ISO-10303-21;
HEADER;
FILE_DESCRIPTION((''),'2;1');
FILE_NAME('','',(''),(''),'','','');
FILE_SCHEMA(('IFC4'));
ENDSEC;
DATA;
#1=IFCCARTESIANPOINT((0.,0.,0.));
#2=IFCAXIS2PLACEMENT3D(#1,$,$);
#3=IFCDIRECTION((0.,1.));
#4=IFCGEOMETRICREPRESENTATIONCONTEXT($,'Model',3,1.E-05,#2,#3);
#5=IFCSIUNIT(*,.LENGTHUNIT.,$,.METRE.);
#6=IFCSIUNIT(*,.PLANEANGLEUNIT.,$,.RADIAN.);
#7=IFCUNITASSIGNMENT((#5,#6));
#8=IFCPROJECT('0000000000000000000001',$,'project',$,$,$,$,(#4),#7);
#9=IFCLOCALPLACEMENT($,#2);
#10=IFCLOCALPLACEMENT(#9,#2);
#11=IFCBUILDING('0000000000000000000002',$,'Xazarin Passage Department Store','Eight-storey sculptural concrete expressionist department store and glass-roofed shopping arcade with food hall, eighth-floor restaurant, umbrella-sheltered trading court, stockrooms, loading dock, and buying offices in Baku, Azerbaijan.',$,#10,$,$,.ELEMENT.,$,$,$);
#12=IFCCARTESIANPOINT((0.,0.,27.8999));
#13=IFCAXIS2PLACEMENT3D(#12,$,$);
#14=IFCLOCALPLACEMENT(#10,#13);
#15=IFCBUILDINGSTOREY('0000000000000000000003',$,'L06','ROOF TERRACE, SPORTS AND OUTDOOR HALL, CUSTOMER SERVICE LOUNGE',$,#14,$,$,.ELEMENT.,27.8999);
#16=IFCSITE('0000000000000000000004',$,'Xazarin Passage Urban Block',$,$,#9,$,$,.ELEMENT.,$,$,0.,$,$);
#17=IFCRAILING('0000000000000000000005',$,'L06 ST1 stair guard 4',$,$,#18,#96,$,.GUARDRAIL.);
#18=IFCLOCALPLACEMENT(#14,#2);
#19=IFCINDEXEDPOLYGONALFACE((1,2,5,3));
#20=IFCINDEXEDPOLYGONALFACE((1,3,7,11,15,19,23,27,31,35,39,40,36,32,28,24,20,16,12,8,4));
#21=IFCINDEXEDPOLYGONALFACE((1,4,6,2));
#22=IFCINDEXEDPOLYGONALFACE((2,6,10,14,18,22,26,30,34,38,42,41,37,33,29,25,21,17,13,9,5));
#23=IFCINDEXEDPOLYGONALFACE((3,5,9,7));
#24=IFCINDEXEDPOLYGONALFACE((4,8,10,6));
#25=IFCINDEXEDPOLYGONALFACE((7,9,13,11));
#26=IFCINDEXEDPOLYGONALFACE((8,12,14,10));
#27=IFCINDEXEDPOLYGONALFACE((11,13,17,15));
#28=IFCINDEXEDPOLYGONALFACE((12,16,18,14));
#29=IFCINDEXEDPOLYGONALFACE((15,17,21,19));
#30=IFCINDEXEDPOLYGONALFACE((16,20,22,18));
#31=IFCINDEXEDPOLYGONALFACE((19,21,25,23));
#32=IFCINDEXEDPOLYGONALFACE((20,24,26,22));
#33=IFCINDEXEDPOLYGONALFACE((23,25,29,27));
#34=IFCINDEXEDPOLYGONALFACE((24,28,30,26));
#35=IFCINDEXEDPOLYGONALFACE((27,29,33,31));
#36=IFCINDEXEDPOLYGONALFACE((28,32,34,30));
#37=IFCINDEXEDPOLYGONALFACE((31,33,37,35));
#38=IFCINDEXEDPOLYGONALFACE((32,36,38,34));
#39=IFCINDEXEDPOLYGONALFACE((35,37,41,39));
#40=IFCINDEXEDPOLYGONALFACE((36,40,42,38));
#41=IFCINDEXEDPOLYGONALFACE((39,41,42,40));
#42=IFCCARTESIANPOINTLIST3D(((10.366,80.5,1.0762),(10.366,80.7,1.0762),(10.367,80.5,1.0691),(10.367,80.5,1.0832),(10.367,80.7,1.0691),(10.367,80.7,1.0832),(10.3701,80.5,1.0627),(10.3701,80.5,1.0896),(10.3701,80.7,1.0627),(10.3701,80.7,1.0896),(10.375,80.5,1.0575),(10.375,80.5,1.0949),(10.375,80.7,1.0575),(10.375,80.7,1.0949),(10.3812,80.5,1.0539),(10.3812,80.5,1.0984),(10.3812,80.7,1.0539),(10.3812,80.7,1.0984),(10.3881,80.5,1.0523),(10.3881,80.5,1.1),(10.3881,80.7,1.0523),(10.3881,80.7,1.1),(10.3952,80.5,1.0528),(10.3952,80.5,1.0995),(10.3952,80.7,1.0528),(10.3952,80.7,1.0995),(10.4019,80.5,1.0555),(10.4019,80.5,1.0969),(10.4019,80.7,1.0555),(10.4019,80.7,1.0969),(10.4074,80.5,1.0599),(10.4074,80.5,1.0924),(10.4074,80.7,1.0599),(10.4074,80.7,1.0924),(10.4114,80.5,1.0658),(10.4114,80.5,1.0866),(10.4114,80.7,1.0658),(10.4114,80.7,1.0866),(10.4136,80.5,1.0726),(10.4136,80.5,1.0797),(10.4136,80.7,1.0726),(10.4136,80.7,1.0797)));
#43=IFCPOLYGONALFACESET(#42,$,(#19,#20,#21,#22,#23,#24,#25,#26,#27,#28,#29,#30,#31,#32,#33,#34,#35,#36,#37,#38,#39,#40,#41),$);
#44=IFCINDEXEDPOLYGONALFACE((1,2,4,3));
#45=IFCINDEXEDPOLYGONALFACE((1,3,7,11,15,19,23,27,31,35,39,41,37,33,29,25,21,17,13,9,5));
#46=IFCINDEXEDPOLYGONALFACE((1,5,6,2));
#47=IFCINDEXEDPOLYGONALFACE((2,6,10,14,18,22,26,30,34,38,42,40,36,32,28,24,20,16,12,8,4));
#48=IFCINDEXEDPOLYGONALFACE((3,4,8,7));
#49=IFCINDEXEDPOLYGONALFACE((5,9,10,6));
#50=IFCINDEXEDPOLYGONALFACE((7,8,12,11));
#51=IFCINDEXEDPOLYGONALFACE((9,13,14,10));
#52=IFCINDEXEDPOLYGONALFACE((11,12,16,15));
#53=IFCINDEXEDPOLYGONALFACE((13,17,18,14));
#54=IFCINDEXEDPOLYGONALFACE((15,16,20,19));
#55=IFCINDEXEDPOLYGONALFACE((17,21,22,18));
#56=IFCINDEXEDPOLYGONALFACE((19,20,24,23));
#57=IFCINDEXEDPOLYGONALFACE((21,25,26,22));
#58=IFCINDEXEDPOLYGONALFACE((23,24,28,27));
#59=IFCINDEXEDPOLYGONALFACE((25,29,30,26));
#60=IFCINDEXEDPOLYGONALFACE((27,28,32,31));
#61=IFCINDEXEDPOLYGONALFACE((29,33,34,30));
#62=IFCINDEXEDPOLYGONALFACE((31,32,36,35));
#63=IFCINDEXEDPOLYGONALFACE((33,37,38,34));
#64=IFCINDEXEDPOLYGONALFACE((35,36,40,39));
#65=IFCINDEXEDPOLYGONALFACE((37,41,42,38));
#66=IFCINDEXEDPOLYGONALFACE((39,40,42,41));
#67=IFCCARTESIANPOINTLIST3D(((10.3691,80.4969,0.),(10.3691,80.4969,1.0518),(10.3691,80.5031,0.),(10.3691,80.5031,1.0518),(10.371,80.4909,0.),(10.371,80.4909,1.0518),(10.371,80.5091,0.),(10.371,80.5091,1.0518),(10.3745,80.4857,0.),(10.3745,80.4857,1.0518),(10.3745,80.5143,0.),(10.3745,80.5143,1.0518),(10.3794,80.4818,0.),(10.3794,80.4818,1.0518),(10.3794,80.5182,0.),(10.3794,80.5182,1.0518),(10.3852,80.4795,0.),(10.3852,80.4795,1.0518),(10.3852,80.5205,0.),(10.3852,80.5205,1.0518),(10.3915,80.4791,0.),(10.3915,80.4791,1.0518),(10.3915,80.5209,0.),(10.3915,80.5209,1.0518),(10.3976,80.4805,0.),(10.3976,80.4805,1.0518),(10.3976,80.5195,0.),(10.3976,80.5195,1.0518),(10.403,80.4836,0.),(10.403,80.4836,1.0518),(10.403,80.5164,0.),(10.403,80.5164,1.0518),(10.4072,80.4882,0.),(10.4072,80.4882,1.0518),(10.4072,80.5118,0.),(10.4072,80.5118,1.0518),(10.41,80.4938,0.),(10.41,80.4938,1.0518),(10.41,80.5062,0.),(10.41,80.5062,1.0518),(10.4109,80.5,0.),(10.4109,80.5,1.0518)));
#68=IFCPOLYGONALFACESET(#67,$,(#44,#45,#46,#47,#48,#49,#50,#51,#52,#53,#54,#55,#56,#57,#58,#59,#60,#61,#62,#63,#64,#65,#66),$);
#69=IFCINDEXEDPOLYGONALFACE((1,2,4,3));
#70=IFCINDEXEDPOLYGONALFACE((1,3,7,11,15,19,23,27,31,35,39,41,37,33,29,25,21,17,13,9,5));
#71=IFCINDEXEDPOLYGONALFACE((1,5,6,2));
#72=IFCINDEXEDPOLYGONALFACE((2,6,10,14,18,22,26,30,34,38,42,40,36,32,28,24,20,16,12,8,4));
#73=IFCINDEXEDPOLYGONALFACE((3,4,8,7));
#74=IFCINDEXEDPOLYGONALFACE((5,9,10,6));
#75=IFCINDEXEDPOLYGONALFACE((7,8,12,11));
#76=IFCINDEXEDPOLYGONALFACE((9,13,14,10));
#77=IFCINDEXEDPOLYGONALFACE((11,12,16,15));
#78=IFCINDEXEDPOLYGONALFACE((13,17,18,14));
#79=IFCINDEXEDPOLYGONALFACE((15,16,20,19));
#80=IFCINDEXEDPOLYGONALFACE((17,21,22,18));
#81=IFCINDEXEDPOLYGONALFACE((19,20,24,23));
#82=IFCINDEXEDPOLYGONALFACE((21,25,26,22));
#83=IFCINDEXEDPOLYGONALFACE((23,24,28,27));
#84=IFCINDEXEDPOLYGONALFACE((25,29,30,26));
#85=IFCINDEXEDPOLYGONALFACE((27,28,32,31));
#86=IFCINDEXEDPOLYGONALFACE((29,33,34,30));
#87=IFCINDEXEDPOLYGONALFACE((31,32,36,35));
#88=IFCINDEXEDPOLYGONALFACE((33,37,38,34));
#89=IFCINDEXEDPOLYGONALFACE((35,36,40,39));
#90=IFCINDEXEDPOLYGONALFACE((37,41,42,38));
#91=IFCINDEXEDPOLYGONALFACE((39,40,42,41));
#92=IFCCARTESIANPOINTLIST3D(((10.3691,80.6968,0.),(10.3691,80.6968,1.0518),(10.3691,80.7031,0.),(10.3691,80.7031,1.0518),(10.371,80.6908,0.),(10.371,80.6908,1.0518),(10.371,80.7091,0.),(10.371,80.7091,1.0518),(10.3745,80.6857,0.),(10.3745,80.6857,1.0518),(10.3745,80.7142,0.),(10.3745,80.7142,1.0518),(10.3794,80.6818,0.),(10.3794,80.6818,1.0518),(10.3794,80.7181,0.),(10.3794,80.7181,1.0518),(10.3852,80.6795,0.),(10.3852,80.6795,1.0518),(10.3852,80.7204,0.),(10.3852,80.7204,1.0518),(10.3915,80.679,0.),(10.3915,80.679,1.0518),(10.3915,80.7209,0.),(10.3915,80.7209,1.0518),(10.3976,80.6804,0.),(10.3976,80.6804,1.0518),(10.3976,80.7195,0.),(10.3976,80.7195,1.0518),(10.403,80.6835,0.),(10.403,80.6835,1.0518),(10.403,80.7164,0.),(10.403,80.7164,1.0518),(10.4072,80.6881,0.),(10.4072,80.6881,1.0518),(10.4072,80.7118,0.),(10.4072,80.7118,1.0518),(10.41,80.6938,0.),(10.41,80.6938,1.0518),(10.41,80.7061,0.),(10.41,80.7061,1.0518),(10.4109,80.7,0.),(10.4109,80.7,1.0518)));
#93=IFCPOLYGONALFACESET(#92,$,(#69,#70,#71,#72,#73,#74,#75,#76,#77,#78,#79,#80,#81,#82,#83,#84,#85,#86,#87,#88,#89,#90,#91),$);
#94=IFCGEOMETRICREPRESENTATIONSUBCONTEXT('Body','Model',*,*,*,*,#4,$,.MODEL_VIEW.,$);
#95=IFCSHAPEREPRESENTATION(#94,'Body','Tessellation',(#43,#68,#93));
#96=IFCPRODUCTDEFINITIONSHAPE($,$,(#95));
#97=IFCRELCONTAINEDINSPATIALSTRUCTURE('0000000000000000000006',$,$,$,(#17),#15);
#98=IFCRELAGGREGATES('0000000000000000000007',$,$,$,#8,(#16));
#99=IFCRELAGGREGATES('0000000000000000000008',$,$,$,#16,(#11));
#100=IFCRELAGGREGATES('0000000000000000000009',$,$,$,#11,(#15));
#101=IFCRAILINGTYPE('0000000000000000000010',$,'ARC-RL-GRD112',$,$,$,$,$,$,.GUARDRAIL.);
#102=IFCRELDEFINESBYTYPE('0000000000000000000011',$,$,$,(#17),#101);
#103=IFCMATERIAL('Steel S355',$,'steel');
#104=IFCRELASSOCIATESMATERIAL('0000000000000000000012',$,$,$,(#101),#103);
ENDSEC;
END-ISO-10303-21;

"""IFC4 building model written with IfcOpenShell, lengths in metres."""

from ifc_helpers import new_model, si_unit, direction, frame, origin, origin_2d, place, context, subcontext, project, spatial, circle, extrude, material, type_object, element, save


model = new_model("IFC4")

# Units and contexts
model_context = context("Model", 3, precision=1e-05, world=origin(), true_north=direction((0.0, 1.0)))
body_context = subcontext(model_context, "Body", "Model", "MODEL_VIEW")
ifc_project = project(units=[si_unit("LENGTHUNIT", "METRE"), si_unit("PLANEANGLEUNIT", "RADIAN")], contexts=[model_context])

# Site, building, storey
site_placement = place(None, origin())
site = spatial("IfcSite", under=ifc_project, at=site_placement, Name="Xazarin Passage Urban Block", CompositionType="ELEMENT", RefElevation=0.0)
building_placement = place(site_placement, origin())
building = spatial("IfcBuilding", under=site, at=building_placement, Name="Xazarin Passage Department Store", Description="Eight-storey sculptural concrete expressionist department store and glass-roofed shopping arcade with food hall, eighth-floor restaurant, umbrella-sheltered trading court, stockrooms, loading dock, and buying offices in Baku, Azerbaijan.", CompositionType="ELEMENT")
storey_placement = place(building_placement, frame((0.0, 0.0, 27.8999)))
storey = spatial("IfcBuildingStorey", under=building, at=storey_placement, Name="L06", Description="ROOF TERRACE, SPORTS AND OUTDOOR HALL, CUSTOMER SERVICE LOUNGE", CompositionType="ELEMENT", Elevation=27.8999)

# Shared definitions
ifc_material_1 = material(Name="Steel S355", Category="steel")

# Railing
railing_type_1 = type_object("IfcRailingType", Name="ARC-RL-GRD112", PredefinedType="GUARDRAIL", material=ifc_material_1)
railing_1_placement = place(storey_placement, frame((10.3899, 80.5, 0.0)))
element("IfcRailing", 1, at=railing_1_placement, inside=storey, type_object=railing_type_1, Name="L06 ST1 stair guard 4", PredefinedType="GUARDRAIL", context=body_context, shape_type="SweptSolid", body=[
    extrude(circle(Radius=0.0239, at=origin_2d()), frame((0.0, 0.0, 1.0762), z_axis=(0.0, 1.0, 0.0), x_axis=(-1.0, 0.0, 0.0)), (0.0, 0.0, 1.0), 0.2),
    extrude(circle(Radius=0.021, at=origin_2d()), origin(), (0.0, 0.0, 1.0), 1.0518),
    extrude(circle(Radius=0.021, at=origin_2d()), frame((0.0, 0.2, 0.0)), (0.0, 0.0, 1.0), 1.0518),
])

save(model, "model.ifc")
